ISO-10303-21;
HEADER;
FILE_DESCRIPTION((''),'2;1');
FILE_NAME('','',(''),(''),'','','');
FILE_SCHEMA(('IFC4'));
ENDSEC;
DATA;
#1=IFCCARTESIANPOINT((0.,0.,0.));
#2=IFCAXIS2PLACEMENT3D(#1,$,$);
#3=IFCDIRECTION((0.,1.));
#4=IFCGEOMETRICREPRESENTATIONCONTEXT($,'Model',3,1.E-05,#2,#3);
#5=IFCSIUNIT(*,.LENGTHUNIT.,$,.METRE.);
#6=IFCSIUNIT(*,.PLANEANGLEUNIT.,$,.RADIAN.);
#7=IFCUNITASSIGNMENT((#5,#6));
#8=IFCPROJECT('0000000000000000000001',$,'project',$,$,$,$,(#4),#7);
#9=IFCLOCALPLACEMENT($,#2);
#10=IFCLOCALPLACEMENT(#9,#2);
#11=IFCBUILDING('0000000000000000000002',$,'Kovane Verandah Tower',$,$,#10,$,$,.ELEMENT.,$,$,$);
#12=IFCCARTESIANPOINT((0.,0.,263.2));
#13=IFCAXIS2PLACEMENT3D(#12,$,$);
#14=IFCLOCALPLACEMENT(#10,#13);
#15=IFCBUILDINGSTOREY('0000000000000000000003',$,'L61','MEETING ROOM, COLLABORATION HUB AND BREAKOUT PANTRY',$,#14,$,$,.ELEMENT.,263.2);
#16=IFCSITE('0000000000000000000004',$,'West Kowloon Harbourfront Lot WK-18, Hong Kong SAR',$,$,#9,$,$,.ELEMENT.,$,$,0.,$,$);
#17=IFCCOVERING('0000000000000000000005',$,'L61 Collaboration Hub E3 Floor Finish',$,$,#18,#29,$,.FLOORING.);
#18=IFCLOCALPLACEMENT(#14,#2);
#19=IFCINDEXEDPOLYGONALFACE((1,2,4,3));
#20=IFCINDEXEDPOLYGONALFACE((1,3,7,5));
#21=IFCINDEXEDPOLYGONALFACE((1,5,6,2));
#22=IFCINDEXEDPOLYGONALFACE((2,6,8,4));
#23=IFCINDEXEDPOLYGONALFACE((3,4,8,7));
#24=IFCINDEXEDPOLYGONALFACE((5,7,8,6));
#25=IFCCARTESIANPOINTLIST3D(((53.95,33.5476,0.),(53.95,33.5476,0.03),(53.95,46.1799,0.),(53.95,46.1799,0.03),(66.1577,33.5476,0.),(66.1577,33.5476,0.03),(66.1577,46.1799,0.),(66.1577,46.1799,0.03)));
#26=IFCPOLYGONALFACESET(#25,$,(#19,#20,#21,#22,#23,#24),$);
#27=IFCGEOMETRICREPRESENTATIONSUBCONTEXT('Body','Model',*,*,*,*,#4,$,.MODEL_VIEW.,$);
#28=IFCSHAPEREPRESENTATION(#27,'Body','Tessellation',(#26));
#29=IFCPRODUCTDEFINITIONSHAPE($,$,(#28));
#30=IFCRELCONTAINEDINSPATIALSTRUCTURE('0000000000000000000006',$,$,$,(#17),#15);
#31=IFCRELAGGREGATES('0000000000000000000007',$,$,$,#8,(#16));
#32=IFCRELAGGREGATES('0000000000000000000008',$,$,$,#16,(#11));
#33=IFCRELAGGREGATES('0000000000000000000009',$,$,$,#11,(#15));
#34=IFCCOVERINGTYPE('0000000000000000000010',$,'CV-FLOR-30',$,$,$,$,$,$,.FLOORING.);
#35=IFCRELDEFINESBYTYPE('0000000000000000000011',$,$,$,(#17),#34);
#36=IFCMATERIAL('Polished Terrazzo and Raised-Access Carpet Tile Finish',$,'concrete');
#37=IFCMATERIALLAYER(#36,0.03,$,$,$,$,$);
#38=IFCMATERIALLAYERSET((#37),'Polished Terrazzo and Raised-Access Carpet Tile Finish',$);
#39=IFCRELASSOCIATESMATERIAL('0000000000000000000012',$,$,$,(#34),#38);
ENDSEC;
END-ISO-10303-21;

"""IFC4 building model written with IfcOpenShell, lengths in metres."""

from ifc_helpers import new_model, si_unit, direction, frame, origin, place, context, subcontext, project, spatial, polyline, outline, extrude, material, layer, layer_set, type_object, element, save


model = new_model("IFC4")

# Units and contexts
model_context = context("Model", 3, precision=1e-05, world=origin(), true_north=direction((0.0, 1.0)))
body_context = subcontext(model_context, "Body", "Model", "MODEL_VIEW")
ifc_project = project(units=[si_unit("LENGTHUNIT", "METRE"), si_unit("PLANEANGLEUNIT", "RADIAN")], contexts=[model_context])

# Site, building, storey
site_placement = place(None, origin())
site = spatial("IfcSite", under=ifc_project, at=site_placement, Name="West Kowloon Harbourfront Lot WK-18, Hong Kong SAR", CompositionType="ELEMENT", RefElevation=0.0)
building_placement = place(site_placement, origin())
building = spatial("IfcBuilding", under=site, at=building_placement, Name="Kovane Verandah Tower", CompositionType="ELEMENT")
storey_placement = place(building_placement, frame((0.0, 0.0, 263.2)))
storey = spatial("IfcBuildingStorey", under=building, at=storey_placement, Name="L61", Description="MEETING ROOM, COLLABORATION HUB AND BREAKOUT PANTRY", CompositionType="ELEMENT", Elevation=263.2)

# Covering
ifc_material_1 = material(Name="Polished Terrazzo and Raised-Access Carpet Tile Finish", Category="concrete")
ifc_layer_1 = layer(ifc_material_1, 0.03)
ifc_layer_set_1 = layer_set([ifc_layer_1], Name="Polished Terrazzo and Raised-Access Carpet Tile Finish")
covering_type_1 = type_object("IfcCoveringType", Name="CV-FLOR-30", PredefinedType="FLOORING", material=ifc_layer_set_1)
covering_1_placement = place(storey_placement, origin())
element("IfcCovering", 1, at=covering_1_placement, inside=storey, type_object=covering_type_1, Name="L61 Collaboration Hub E3 Floor Finish", PredefinedType="FLOORING", context=body_context, shape_type="SweptSolid", body=[
    extrude(outline(polyline([(53.95, 33.5476), (66.1577, 33.5476), (66.1577, 46.1799), (53.95, 46.1799), (53.95, 33.5476)])), origin(), (0.0, 0.0, 1.0), 0.03),
])

save(model, "model.ifc")
